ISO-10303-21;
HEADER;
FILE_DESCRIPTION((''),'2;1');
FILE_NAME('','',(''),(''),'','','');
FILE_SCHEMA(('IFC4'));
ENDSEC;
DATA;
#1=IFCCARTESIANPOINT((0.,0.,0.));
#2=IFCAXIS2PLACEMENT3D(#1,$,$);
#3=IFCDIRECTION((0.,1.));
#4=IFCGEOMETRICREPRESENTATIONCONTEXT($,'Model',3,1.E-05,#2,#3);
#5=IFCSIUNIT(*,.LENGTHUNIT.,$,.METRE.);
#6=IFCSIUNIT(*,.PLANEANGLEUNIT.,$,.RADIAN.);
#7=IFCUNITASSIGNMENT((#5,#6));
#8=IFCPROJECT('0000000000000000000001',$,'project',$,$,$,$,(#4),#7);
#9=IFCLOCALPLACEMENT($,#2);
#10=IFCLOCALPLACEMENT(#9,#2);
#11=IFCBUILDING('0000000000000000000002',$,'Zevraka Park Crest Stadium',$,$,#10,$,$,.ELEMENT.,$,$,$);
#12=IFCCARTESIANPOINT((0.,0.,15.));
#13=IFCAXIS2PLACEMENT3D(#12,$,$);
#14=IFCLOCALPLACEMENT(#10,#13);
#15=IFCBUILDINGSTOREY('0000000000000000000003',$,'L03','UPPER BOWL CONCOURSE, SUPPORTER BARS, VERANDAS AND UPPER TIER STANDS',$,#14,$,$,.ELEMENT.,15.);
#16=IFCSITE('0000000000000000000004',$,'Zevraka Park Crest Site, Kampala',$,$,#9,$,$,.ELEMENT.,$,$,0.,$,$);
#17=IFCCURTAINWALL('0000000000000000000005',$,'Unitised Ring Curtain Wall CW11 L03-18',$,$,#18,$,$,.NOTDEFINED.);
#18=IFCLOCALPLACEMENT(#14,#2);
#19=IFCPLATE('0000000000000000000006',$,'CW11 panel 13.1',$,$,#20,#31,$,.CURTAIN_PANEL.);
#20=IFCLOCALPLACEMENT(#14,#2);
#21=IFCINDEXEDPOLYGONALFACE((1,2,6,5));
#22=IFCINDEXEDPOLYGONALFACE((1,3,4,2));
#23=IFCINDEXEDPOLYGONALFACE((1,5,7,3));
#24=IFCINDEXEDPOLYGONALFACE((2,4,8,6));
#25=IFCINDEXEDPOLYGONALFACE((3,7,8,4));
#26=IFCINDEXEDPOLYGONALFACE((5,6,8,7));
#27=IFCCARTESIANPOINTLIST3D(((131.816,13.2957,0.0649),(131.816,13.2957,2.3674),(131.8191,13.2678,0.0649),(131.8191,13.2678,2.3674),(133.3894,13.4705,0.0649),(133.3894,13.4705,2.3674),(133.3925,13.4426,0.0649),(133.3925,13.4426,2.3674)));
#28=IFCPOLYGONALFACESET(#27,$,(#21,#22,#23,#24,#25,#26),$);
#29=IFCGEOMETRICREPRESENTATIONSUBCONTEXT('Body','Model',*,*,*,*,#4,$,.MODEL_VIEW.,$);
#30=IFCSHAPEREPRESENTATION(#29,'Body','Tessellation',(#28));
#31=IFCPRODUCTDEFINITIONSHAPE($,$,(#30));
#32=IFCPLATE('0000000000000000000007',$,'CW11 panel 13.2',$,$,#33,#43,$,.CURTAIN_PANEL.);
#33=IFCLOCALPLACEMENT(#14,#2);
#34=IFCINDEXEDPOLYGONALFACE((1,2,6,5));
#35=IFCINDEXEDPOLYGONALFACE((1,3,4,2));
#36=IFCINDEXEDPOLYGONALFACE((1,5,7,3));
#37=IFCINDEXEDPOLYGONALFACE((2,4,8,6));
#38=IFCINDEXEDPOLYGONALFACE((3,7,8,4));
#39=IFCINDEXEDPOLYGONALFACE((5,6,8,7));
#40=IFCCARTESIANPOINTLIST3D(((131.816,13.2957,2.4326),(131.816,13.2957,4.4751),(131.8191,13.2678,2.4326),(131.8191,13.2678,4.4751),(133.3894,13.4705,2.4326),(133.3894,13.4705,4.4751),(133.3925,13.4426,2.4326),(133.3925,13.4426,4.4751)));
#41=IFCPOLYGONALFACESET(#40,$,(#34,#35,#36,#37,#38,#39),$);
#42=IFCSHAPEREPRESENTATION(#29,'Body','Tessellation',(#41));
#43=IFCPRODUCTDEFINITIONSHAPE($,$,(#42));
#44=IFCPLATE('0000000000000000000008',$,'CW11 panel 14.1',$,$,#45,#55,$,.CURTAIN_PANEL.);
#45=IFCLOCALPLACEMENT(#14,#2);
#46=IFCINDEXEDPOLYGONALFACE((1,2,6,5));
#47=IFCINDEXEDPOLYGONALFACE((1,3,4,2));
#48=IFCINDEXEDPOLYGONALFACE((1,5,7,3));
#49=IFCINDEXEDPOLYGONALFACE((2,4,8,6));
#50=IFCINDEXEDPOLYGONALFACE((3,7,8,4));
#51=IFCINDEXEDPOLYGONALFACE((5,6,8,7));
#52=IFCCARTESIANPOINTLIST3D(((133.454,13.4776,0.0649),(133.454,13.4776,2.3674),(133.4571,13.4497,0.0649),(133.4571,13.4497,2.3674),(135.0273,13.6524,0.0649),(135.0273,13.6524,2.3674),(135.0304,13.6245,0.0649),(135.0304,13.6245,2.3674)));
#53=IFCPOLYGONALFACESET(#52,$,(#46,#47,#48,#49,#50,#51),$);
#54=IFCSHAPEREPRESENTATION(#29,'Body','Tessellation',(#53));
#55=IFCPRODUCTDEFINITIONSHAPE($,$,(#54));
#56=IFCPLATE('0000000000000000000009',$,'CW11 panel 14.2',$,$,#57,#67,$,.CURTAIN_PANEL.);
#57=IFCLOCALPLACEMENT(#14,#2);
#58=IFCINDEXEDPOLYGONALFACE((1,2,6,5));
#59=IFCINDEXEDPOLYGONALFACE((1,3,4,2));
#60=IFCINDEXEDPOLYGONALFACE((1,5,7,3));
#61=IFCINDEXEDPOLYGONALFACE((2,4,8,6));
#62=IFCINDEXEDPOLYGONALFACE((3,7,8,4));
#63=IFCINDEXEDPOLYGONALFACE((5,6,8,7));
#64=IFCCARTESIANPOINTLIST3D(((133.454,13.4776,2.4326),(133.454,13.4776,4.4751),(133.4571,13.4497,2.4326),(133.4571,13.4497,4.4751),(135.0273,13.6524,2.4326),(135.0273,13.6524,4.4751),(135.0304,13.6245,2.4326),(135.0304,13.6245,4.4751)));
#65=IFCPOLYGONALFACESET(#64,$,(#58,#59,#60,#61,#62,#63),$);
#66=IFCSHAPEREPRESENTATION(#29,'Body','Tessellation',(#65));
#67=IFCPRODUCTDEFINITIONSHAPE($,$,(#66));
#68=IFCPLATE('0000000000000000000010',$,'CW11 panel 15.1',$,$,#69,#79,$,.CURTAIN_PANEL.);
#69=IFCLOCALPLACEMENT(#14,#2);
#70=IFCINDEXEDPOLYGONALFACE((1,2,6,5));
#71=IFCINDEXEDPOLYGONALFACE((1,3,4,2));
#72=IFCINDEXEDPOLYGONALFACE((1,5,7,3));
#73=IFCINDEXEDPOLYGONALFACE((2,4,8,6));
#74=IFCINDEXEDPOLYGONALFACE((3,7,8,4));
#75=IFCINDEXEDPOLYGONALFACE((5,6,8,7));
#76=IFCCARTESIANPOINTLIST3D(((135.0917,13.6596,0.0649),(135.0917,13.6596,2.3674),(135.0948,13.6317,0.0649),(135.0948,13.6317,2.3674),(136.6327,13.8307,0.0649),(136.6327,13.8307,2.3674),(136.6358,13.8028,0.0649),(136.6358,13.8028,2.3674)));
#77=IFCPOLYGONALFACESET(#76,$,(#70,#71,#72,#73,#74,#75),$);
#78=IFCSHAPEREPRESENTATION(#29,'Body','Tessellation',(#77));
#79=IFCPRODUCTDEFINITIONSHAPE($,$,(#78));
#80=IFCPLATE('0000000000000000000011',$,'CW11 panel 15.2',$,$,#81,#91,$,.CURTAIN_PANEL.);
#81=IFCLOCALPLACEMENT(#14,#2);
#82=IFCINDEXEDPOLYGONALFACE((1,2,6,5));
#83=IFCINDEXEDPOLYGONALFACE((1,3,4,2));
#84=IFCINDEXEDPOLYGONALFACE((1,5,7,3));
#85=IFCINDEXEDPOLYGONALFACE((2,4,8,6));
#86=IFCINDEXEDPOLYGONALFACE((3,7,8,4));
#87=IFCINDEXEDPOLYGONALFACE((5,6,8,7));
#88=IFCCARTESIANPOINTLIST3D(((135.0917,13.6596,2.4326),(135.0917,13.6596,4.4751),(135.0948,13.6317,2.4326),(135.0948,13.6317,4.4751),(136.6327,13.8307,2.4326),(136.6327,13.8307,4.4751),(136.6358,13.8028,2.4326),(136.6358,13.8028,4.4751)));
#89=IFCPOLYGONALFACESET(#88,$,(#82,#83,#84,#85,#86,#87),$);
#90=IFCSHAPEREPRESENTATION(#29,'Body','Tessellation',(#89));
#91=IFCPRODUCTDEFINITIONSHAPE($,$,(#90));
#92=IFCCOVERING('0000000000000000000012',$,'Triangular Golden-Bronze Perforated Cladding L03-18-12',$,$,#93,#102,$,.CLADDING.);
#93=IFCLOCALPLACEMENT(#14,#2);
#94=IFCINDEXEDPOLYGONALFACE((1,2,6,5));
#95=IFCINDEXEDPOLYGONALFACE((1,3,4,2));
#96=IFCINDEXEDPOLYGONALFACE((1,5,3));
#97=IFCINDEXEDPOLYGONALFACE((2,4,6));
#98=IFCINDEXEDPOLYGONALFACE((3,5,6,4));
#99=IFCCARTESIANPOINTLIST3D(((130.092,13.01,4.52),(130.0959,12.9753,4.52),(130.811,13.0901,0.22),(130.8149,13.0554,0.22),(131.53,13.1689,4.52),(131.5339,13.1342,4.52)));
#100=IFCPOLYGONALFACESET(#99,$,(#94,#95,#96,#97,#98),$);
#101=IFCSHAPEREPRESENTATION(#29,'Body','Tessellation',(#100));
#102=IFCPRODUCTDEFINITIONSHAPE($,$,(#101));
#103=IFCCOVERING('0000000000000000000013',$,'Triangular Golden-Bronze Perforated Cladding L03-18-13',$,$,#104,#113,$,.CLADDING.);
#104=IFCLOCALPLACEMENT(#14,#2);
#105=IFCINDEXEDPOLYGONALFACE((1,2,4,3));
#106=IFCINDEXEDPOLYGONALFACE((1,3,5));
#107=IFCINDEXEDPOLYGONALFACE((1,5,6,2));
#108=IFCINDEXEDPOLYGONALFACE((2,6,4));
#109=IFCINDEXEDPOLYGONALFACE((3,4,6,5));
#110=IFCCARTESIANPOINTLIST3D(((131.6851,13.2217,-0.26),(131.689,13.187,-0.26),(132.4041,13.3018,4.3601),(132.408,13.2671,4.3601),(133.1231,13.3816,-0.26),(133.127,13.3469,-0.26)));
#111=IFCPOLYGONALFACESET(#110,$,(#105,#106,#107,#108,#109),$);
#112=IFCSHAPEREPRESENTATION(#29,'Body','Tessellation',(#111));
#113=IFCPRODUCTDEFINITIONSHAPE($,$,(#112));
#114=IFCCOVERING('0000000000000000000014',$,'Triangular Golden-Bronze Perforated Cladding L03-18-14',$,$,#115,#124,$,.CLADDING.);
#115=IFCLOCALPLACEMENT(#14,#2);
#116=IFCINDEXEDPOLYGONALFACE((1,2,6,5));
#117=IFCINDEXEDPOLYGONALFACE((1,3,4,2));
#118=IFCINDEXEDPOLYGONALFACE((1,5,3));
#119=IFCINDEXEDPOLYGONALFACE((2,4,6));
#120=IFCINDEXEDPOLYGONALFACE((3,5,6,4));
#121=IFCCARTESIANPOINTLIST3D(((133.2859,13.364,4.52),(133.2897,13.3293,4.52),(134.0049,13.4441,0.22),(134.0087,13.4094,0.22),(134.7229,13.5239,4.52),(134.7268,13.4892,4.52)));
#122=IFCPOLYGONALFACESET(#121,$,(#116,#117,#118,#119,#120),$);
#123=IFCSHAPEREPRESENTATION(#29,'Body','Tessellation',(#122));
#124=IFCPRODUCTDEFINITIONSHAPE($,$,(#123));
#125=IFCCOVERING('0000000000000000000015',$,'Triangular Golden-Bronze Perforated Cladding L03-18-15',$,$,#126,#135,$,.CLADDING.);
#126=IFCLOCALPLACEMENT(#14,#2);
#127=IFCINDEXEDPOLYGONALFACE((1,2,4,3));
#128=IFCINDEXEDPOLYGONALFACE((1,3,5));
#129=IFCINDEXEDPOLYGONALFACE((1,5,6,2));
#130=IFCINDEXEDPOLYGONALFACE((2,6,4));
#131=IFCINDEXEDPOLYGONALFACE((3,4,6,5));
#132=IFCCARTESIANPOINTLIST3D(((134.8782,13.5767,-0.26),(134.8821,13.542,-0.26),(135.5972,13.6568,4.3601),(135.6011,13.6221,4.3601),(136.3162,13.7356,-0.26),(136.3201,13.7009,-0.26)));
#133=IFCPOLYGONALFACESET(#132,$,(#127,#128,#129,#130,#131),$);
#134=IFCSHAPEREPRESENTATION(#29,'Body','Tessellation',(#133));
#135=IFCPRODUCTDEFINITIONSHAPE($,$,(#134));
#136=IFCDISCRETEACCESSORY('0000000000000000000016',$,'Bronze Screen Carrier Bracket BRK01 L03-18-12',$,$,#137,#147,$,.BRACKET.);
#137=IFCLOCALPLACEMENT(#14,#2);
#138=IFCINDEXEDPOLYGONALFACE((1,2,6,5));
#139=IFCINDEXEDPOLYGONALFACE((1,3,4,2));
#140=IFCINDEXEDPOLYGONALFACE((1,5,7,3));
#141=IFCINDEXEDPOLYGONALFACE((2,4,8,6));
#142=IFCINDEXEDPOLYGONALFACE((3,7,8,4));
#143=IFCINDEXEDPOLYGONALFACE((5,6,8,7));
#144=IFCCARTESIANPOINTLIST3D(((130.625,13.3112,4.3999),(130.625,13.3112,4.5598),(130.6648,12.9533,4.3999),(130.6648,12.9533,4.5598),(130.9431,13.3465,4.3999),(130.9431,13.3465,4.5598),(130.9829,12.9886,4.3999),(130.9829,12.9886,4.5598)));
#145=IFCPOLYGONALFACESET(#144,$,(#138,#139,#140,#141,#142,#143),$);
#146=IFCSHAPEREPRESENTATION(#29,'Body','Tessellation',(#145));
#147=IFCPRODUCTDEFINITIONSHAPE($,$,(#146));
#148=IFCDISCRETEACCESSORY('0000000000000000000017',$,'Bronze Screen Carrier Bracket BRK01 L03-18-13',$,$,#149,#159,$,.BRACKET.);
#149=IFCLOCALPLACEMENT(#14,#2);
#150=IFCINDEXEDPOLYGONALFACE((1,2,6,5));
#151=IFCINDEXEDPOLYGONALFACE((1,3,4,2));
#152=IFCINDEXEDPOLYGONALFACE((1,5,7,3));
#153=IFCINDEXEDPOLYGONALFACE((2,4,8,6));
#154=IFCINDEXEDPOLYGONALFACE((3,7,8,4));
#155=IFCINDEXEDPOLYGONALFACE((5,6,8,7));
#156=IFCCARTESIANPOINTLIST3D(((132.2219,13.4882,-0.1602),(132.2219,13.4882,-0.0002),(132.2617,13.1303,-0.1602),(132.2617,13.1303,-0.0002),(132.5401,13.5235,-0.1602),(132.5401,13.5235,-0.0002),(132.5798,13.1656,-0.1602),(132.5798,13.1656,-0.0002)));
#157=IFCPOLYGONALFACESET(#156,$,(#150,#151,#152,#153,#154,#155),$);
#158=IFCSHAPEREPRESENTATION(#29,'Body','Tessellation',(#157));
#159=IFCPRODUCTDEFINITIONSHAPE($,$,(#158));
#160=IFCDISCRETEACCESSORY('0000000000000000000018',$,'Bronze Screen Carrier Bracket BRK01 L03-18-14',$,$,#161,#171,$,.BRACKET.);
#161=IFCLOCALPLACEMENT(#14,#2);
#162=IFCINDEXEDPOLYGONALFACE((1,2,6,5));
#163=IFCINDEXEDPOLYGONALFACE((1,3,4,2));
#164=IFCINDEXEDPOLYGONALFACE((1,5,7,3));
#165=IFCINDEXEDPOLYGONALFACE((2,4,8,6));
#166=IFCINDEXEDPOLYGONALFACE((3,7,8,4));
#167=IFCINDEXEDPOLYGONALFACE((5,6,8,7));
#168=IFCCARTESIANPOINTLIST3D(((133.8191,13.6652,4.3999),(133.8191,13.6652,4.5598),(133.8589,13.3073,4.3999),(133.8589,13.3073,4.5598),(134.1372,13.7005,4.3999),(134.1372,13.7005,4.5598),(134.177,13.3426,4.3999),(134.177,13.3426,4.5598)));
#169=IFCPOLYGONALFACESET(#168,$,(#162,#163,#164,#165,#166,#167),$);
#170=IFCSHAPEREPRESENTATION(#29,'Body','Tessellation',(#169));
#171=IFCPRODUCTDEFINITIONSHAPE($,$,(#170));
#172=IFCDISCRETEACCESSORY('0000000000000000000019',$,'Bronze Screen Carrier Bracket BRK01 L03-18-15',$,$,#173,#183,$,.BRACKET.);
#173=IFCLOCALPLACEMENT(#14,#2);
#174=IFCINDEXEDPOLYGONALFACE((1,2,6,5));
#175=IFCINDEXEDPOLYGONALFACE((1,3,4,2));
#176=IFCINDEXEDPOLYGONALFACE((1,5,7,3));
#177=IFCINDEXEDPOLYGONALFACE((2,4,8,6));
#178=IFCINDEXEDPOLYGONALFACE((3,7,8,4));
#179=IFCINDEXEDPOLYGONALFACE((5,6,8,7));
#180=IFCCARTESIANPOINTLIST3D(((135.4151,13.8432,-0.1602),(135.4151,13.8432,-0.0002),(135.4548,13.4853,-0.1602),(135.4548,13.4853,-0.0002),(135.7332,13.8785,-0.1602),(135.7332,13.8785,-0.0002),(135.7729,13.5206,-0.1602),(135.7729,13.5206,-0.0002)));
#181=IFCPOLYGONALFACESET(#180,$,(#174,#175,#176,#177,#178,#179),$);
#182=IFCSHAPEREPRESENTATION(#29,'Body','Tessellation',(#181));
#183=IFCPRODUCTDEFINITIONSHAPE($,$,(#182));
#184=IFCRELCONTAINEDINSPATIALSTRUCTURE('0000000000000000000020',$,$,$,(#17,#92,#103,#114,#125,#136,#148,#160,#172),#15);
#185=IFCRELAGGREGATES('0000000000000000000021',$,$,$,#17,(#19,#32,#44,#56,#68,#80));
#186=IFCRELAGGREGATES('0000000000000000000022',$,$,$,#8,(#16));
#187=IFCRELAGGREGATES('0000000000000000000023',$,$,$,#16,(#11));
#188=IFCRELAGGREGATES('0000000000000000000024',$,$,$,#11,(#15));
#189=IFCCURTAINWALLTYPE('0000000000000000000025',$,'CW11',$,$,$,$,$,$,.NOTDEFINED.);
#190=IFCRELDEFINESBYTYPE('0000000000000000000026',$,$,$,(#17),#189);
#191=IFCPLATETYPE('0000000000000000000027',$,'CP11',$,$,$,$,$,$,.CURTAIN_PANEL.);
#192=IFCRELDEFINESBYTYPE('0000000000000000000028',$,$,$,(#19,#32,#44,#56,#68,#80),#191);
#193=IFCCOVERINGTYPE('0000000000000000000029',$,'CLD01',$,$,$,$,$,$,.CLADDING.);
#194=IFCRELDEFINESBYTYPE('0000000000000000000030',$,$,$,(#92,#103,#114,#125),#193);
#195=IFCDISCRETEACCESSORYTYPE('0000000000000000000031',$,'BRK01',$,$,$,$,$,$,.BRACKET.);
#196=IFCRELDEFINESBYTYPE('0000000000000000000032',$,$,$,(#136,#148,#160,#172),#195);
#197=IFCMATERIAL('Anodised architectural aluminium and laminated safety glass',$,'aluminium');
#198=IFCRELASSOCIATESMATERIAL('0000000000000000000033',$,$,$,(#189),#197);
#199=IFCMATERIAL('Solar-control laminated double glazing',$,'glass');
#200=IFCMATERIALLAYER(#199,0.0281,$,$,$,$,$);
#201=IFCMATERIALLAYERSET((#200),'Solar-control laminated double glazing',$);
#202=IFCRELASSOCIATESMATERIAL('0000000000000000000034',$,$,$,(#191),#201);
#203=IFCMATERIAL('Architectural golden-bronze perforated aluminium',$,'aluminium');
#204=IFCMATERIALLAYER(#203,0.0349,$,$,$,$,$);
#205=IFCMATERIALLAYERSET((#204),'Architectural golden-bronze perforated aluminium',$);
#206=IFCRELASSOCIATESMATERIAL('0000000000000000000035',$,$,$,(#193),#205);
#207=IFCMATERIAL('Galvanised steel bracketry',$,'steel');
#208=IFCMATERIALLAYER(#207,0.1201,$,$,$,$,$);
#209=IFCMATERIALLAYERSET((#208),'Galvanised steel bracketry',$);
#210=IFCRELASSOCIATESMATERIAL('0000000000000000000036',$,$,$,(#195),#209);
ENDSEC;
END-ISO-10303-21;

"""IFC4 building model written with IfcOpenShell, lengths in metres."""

from ifc_helpers import new_model, si_unit, direction, frame, origin, origin_2d, place, context, subcontext, project, spatial, polyline, rectangle, outline, extrude, material, layer, layer_set, type_object, element, aggregate, save


model = new_model("IFC4")

# Units and contexts
model_context = context("Model", 3, precision=1e-05, world=origin(), true_north=direction((0.0, 1.0)))
body_context = subcontext(model_context, "Body", "Model", "MODEL_VIEW")
ifc_project = project(units=[si_unit("LENGTHUNIT", "METRE"), si_unit("PLANEANGLEUNIT", "RADIAN")], contexts=[model_context])

# Site, building, storey
site_placement = place(None, origin())
site = spatial("IfcSite", under=ifc_project, at=site_placement, Name="Zevraka Park Crest Site, Kampala", CompositionType="ELEMENT", RefElevation=0.0)
building_placement = place(site_placement, origin())
building = spatial("IfcBuilding", under=site, at=building_placement, Name="Zevraka Park Crest Stadium", CompositionType="ELEMENT")
storey_placement = place(building_placement, frame((0.0, 0.0, 15.0)))
storey = spatial("IfcBuildingStorey", under=building, at=storey_placement, Name="L03", Description="UPPER BOWL CONCOURSE, SUPPORTER BARS, VERANDAS AND UPPER TIER STANDS", CompositionType="ELEMENT", Elevation=15.0)

# Curtain wall
ifc_material_1 = material(Name="Anodised architectural aluminium and laminated safety glass", Category="aluminium")
curtain_wall_type = type_object("IfcCurtainWallType", Name="CW11", PredefinedType="NOTDEFINED", material=ifc_material_1)
curtain_wall_placement = place(storey_placement, origin())
curtain_wall = element("IfcCurtainWall", 1, at=curtain_wall_placement, inside=storey, type_object=curtain_wall_type, Name="Unitised Ring Curtain Wall CW11 L03-18", PredefinedType="NOTDEFINED")

# Plates
ifc_material_2 = material(Name="Solar-control laminated double glazing", Category="glass")
ifc_layer_1 = layer(ifc_material_2, 0.0281)
ifc_layer_set_1 = layer_set([ifc_layer_1], Name="Solar-control laminated double glazing")
plate_type = type_object("IfcPlateType", Name="CP11", PredefinedType="CURTAIN_PANEL", material=ifc_layer_set_1)
plate_1_placement = place(storey_placement, frame((132.6042, 13.3691, 0.0649), z_axis=(0.0, 0.0, 1.0), x_axis=(0.993888, 0.110396, 0.0)))
plate_1 = element("IfcPlate", 2, at=plate_1_placement, type_object=plate_type, Name="CW11 panel 13.1", PredefinedType="CURTAIN_PANEL", context=body_context, shape_type="SweptSolid", body=[
    extrude(rectangle(XDim=1.583, YDim=0.0281, at=origin_2d()), origin(), (0.0, 0.0, 1.0), 2.3025),
])
plate_2_placement = place(storey_placement, frame((132.6042, 13.3691, 2.4326), z_axis=(0.0, 0.0, 1.0), x_axis=(0.993888, 0.110396, 0.0)))
plate_2 = element("IfcPlate", 3, at=plate_2_placement, type_object=plate_type, Name="CW11 panel 13.2", PredefinedType="CURTAIN_PANEL", context=body_context, shape_type="SweptSolid", body=[
    extrude(rectangle(XDim=1.583, YDim=0.0281, at=origin_2d()), origin(), (0.0, 0.0, 1.0), 2.0425),
])
plate_3_placement = place(storey_placement, frame((134.2422, 13.551, 0.0649), z_axis=(0.0, 0.0, 1.0), x_axis=(0.993888, 0.110396, 0.0)))
plate_3 = element("IfcPlate", 4, at=plate_3_placement, type_object=plate_type, Name="CW11 panel 14.1", PredefinedType="CURTAIN_PANEL", context=body_context, shape_type="SweptSolid", body=[
    extrude(rectangle(XDim=1.583, YDim=0.0281, at=origin_2d()), origin(), (0.0, 0.0, 1.0), 2.3025),
])
plate_4_placement = place(storey_placement, frame((134.2422, 13.551, 2.4326), z_axis=(0.0, 0.0, 1.0), x_axis=(0.993888, 0.110396, 0.0)))
plate_4 = element("IfcPlate", 5, at=plate_4_placement, type_object=plate_type, Name="CW11 panel 14.2", PredefinedType="CURTAIN_PANEL", context=body_context, shape_type="SweptSolid", body=[
    extrude(rectangle(XDim=1.583, YDim=0.0281, at=origin_2d()), origin(), (0.0, 0.0, 1.0), 2.0425),
])
plate_5_placement = place(storey_placement, frame((135.8638, 13.7312, 0.0649), z_axis=(0.0, 0.0, 1.0), x_axis=(0.993888, 0.110396, 0.0)))
plate_5 = element("IfcPlate", 6, at=plate_5_placement, type_object=plate_type, Name="CW11 panel 15.1", PredefinedType="CURTAIN_PANEL", context=body_context, shape_type="SweptSolid", body=[
    extrude(rectangle(XDim=1.5505, YDim=0.0281, at=origin_2d()), origin(), (0.0, 0.0, 1.0), 2.3025),
])
plate_6_placement = place(storey_placement, frame((135.8638, 13.7312, 2.4326), z_axis=(0.0, 0.0, 1.0), x_axis=(0.993888, 0.110396, 0.0)))
plate_6 = element("IfcPlate", 7, at=plate_6_placement, type_object=plate_type, Name="CW11 panel 15.2", PredefinedType="CURTAIN_PANEL", context=body_context, shape_type="SweptSolid", body=[
    extrude(rectangle(XDim=1.5505, YDim=0.0281, at=origin_2d()), origin(), (0.0, 0.0, 1.0), 2.0425),
])
aggregate(curtain_wall, [plate_1, plate_2, plate_3, plate_4, plate_5, plate_6])

# Coverings
ifc_material_3 = material(Name="Architectural golden-bronze perforated aluminium", Category="aluminium")
ifc_layer_2 = layer(ifc_material_3, 0.0349)
ifc_layer_set_2 = layer_set([ifc_layer_2], Name="Architectural golden-bronze perforated aluminium")
covering_type = type_object("IfcCoveringType", Name="CLD01", PredefinedType="CLADDING", material=ifc_layer_set_2)
covering_1_placement = place(storey_placement, frame((131.53, 13.1689, 4.52), z_axis=(-0.109857, 0.993947, 0.000141), x_axis=(-0.993947, -0.109857, 0.0)))
element("IfcCovering", 8, at=covering_1_placement, inside=storey, type_object=covering_type, Name="Triangular Golden-Bronze Perforated Cladding L03-18-12", PredefinedType="CLADDING", context=body_context, shape_type="SweptSolid", body=[
    extrude(outline(polyline([(0.0, 0.0), (1.4467, 0.0), (0.7233, -4.3), (0.0, 0.0)])), origin(), (0.0, 0.0, -1.0), 0.0349),
])
covering_2_placement = place(storey_placement, frame((131.689, 13.187, -0.26), z_axis=(0.110524, -0.993873, 0.000026), x_axis=(0.993873, 0.110524, 0.0)))
element("IfcCovering", 9, at=covering_2_placement, inside=storey, type_object=covering_type, Name="Triangular Golden-Bronze Perforated Cladding L03-18-13", PredefinedType="CLADDING", context=body_context, shape_type="SweptSolid", body=[
    extrude(outline(polyline([(0.0, 0.0), (1.4469, 0.0), (0.7234, 4.6201), (0.0, 0.0)])), origin(), (0.0, 0.0, -1.0), 0.0349),
])
covering_3_placement = place(storey_placement, frame((134.7229, 13.5239, 4.52), z_axis=(-0.110598, 0.993865, 0.000016), x_axis=(-0.993865, -0.110598, 0.0)))
element("IfcCovering", 10, at=covering_3_placement, inside=storey, type_object=covering_type, Name="Triangular Golden-Bronze Perforated Cladding L03-18-14", PredefinedType="CLADDING", context=body_context, shape_type="SweptSolid", body=[
    extrude(outline(polyline([(0.0, 0.0), (1.4459, 0.0), (0.7224, -4.3), (0.0, 0.0)])), origin(), (0.0, 0.0, -1.0), 0.0349),
])
covering_4_placement = place(storey_placement, frame((134.8821, 13.542, -0.26), z_axis=(0.109857, -0.993947, 0.000131), x_axis=(0.993947, 0.109857, 0.0)))
element("IfcCovering", 11, at=covering_4_placement, inside=storey, type_object=covering_type, Name="Triangular Golden-Bronze Perforated Cladding L03-18-15", PredefinedType="CLADDING", context=body_context, shape_type="SweptSolid", body=[
    extrude(outline(polyline([(0.0, 0.0), (1.4467, 0.0), (0.7234, 4.6201), (0.0, 0.0)])), origin(), (0.0, 0.0, -1.0), 0.0349),
])

# Discrete accessories
ifc_material_4 = material(Name="Galvanised steel bracketry", Category="steel")
ifc_layer_3 = layer(ifc_material_4, 0.1201)
ifc_layer_set_3 = layer_set([ifc_layer_3], Name="Galvanised steel bracketry")
discrete_accessory_type = type_object("IfcDiscreteAccessoryType", Name="BRK01", PredefinedType="BRACKET", material=ifc_layer_set_3)
for number, where, z_axis, x_axis, name in (
    (12, (130.804, 13.1499, 4.3999), (0.0, 0.0, 1.0), (0.993884, 0.110428, 0.0), "Bronze Screen Carrier Bracket BRK01 L03-18-12"),
    (13, (132.4009, 13.3269, -0.1602), (0.0, 0.0, 1.0), (0.993884, 0.110428, 0.0), "Bronze Screen Carrier Bracket BRK01 L03-18-13"),
    (14, (133.998, 13.5039, 4.3999), (0.0, 0.0, 1.0), (0.993884, 0.110428, 0.0), "Bronze Screen Carrier Bracket BRK01 L03-18-14"),
    (15, (135.594, 13.6819, -0.1602), (0.0, 0.0, 1.0), (0.993884, 0.110428, 0.0), "Bronze Screen Carrier Bracket BRK01 L03-18-15"),
):
    element("IfcDiscreteAccessory", number, at=place(storey_placement, frame(where, z_axis=z_axis, x_axis=x_axis)), inside=storey, type_object=discrete_accessory_type, Name=name, PredefinedType="BRACKET", context=body_context, shape_type="SweptSolid", body=[
        extrude(rectangle(XDim=0.3201, YDim=0.3601, at=origin_2d()), origin(), (0.0, 0.0, 1.0), 0.1599),
    ])

save(model, "model.ifc")
